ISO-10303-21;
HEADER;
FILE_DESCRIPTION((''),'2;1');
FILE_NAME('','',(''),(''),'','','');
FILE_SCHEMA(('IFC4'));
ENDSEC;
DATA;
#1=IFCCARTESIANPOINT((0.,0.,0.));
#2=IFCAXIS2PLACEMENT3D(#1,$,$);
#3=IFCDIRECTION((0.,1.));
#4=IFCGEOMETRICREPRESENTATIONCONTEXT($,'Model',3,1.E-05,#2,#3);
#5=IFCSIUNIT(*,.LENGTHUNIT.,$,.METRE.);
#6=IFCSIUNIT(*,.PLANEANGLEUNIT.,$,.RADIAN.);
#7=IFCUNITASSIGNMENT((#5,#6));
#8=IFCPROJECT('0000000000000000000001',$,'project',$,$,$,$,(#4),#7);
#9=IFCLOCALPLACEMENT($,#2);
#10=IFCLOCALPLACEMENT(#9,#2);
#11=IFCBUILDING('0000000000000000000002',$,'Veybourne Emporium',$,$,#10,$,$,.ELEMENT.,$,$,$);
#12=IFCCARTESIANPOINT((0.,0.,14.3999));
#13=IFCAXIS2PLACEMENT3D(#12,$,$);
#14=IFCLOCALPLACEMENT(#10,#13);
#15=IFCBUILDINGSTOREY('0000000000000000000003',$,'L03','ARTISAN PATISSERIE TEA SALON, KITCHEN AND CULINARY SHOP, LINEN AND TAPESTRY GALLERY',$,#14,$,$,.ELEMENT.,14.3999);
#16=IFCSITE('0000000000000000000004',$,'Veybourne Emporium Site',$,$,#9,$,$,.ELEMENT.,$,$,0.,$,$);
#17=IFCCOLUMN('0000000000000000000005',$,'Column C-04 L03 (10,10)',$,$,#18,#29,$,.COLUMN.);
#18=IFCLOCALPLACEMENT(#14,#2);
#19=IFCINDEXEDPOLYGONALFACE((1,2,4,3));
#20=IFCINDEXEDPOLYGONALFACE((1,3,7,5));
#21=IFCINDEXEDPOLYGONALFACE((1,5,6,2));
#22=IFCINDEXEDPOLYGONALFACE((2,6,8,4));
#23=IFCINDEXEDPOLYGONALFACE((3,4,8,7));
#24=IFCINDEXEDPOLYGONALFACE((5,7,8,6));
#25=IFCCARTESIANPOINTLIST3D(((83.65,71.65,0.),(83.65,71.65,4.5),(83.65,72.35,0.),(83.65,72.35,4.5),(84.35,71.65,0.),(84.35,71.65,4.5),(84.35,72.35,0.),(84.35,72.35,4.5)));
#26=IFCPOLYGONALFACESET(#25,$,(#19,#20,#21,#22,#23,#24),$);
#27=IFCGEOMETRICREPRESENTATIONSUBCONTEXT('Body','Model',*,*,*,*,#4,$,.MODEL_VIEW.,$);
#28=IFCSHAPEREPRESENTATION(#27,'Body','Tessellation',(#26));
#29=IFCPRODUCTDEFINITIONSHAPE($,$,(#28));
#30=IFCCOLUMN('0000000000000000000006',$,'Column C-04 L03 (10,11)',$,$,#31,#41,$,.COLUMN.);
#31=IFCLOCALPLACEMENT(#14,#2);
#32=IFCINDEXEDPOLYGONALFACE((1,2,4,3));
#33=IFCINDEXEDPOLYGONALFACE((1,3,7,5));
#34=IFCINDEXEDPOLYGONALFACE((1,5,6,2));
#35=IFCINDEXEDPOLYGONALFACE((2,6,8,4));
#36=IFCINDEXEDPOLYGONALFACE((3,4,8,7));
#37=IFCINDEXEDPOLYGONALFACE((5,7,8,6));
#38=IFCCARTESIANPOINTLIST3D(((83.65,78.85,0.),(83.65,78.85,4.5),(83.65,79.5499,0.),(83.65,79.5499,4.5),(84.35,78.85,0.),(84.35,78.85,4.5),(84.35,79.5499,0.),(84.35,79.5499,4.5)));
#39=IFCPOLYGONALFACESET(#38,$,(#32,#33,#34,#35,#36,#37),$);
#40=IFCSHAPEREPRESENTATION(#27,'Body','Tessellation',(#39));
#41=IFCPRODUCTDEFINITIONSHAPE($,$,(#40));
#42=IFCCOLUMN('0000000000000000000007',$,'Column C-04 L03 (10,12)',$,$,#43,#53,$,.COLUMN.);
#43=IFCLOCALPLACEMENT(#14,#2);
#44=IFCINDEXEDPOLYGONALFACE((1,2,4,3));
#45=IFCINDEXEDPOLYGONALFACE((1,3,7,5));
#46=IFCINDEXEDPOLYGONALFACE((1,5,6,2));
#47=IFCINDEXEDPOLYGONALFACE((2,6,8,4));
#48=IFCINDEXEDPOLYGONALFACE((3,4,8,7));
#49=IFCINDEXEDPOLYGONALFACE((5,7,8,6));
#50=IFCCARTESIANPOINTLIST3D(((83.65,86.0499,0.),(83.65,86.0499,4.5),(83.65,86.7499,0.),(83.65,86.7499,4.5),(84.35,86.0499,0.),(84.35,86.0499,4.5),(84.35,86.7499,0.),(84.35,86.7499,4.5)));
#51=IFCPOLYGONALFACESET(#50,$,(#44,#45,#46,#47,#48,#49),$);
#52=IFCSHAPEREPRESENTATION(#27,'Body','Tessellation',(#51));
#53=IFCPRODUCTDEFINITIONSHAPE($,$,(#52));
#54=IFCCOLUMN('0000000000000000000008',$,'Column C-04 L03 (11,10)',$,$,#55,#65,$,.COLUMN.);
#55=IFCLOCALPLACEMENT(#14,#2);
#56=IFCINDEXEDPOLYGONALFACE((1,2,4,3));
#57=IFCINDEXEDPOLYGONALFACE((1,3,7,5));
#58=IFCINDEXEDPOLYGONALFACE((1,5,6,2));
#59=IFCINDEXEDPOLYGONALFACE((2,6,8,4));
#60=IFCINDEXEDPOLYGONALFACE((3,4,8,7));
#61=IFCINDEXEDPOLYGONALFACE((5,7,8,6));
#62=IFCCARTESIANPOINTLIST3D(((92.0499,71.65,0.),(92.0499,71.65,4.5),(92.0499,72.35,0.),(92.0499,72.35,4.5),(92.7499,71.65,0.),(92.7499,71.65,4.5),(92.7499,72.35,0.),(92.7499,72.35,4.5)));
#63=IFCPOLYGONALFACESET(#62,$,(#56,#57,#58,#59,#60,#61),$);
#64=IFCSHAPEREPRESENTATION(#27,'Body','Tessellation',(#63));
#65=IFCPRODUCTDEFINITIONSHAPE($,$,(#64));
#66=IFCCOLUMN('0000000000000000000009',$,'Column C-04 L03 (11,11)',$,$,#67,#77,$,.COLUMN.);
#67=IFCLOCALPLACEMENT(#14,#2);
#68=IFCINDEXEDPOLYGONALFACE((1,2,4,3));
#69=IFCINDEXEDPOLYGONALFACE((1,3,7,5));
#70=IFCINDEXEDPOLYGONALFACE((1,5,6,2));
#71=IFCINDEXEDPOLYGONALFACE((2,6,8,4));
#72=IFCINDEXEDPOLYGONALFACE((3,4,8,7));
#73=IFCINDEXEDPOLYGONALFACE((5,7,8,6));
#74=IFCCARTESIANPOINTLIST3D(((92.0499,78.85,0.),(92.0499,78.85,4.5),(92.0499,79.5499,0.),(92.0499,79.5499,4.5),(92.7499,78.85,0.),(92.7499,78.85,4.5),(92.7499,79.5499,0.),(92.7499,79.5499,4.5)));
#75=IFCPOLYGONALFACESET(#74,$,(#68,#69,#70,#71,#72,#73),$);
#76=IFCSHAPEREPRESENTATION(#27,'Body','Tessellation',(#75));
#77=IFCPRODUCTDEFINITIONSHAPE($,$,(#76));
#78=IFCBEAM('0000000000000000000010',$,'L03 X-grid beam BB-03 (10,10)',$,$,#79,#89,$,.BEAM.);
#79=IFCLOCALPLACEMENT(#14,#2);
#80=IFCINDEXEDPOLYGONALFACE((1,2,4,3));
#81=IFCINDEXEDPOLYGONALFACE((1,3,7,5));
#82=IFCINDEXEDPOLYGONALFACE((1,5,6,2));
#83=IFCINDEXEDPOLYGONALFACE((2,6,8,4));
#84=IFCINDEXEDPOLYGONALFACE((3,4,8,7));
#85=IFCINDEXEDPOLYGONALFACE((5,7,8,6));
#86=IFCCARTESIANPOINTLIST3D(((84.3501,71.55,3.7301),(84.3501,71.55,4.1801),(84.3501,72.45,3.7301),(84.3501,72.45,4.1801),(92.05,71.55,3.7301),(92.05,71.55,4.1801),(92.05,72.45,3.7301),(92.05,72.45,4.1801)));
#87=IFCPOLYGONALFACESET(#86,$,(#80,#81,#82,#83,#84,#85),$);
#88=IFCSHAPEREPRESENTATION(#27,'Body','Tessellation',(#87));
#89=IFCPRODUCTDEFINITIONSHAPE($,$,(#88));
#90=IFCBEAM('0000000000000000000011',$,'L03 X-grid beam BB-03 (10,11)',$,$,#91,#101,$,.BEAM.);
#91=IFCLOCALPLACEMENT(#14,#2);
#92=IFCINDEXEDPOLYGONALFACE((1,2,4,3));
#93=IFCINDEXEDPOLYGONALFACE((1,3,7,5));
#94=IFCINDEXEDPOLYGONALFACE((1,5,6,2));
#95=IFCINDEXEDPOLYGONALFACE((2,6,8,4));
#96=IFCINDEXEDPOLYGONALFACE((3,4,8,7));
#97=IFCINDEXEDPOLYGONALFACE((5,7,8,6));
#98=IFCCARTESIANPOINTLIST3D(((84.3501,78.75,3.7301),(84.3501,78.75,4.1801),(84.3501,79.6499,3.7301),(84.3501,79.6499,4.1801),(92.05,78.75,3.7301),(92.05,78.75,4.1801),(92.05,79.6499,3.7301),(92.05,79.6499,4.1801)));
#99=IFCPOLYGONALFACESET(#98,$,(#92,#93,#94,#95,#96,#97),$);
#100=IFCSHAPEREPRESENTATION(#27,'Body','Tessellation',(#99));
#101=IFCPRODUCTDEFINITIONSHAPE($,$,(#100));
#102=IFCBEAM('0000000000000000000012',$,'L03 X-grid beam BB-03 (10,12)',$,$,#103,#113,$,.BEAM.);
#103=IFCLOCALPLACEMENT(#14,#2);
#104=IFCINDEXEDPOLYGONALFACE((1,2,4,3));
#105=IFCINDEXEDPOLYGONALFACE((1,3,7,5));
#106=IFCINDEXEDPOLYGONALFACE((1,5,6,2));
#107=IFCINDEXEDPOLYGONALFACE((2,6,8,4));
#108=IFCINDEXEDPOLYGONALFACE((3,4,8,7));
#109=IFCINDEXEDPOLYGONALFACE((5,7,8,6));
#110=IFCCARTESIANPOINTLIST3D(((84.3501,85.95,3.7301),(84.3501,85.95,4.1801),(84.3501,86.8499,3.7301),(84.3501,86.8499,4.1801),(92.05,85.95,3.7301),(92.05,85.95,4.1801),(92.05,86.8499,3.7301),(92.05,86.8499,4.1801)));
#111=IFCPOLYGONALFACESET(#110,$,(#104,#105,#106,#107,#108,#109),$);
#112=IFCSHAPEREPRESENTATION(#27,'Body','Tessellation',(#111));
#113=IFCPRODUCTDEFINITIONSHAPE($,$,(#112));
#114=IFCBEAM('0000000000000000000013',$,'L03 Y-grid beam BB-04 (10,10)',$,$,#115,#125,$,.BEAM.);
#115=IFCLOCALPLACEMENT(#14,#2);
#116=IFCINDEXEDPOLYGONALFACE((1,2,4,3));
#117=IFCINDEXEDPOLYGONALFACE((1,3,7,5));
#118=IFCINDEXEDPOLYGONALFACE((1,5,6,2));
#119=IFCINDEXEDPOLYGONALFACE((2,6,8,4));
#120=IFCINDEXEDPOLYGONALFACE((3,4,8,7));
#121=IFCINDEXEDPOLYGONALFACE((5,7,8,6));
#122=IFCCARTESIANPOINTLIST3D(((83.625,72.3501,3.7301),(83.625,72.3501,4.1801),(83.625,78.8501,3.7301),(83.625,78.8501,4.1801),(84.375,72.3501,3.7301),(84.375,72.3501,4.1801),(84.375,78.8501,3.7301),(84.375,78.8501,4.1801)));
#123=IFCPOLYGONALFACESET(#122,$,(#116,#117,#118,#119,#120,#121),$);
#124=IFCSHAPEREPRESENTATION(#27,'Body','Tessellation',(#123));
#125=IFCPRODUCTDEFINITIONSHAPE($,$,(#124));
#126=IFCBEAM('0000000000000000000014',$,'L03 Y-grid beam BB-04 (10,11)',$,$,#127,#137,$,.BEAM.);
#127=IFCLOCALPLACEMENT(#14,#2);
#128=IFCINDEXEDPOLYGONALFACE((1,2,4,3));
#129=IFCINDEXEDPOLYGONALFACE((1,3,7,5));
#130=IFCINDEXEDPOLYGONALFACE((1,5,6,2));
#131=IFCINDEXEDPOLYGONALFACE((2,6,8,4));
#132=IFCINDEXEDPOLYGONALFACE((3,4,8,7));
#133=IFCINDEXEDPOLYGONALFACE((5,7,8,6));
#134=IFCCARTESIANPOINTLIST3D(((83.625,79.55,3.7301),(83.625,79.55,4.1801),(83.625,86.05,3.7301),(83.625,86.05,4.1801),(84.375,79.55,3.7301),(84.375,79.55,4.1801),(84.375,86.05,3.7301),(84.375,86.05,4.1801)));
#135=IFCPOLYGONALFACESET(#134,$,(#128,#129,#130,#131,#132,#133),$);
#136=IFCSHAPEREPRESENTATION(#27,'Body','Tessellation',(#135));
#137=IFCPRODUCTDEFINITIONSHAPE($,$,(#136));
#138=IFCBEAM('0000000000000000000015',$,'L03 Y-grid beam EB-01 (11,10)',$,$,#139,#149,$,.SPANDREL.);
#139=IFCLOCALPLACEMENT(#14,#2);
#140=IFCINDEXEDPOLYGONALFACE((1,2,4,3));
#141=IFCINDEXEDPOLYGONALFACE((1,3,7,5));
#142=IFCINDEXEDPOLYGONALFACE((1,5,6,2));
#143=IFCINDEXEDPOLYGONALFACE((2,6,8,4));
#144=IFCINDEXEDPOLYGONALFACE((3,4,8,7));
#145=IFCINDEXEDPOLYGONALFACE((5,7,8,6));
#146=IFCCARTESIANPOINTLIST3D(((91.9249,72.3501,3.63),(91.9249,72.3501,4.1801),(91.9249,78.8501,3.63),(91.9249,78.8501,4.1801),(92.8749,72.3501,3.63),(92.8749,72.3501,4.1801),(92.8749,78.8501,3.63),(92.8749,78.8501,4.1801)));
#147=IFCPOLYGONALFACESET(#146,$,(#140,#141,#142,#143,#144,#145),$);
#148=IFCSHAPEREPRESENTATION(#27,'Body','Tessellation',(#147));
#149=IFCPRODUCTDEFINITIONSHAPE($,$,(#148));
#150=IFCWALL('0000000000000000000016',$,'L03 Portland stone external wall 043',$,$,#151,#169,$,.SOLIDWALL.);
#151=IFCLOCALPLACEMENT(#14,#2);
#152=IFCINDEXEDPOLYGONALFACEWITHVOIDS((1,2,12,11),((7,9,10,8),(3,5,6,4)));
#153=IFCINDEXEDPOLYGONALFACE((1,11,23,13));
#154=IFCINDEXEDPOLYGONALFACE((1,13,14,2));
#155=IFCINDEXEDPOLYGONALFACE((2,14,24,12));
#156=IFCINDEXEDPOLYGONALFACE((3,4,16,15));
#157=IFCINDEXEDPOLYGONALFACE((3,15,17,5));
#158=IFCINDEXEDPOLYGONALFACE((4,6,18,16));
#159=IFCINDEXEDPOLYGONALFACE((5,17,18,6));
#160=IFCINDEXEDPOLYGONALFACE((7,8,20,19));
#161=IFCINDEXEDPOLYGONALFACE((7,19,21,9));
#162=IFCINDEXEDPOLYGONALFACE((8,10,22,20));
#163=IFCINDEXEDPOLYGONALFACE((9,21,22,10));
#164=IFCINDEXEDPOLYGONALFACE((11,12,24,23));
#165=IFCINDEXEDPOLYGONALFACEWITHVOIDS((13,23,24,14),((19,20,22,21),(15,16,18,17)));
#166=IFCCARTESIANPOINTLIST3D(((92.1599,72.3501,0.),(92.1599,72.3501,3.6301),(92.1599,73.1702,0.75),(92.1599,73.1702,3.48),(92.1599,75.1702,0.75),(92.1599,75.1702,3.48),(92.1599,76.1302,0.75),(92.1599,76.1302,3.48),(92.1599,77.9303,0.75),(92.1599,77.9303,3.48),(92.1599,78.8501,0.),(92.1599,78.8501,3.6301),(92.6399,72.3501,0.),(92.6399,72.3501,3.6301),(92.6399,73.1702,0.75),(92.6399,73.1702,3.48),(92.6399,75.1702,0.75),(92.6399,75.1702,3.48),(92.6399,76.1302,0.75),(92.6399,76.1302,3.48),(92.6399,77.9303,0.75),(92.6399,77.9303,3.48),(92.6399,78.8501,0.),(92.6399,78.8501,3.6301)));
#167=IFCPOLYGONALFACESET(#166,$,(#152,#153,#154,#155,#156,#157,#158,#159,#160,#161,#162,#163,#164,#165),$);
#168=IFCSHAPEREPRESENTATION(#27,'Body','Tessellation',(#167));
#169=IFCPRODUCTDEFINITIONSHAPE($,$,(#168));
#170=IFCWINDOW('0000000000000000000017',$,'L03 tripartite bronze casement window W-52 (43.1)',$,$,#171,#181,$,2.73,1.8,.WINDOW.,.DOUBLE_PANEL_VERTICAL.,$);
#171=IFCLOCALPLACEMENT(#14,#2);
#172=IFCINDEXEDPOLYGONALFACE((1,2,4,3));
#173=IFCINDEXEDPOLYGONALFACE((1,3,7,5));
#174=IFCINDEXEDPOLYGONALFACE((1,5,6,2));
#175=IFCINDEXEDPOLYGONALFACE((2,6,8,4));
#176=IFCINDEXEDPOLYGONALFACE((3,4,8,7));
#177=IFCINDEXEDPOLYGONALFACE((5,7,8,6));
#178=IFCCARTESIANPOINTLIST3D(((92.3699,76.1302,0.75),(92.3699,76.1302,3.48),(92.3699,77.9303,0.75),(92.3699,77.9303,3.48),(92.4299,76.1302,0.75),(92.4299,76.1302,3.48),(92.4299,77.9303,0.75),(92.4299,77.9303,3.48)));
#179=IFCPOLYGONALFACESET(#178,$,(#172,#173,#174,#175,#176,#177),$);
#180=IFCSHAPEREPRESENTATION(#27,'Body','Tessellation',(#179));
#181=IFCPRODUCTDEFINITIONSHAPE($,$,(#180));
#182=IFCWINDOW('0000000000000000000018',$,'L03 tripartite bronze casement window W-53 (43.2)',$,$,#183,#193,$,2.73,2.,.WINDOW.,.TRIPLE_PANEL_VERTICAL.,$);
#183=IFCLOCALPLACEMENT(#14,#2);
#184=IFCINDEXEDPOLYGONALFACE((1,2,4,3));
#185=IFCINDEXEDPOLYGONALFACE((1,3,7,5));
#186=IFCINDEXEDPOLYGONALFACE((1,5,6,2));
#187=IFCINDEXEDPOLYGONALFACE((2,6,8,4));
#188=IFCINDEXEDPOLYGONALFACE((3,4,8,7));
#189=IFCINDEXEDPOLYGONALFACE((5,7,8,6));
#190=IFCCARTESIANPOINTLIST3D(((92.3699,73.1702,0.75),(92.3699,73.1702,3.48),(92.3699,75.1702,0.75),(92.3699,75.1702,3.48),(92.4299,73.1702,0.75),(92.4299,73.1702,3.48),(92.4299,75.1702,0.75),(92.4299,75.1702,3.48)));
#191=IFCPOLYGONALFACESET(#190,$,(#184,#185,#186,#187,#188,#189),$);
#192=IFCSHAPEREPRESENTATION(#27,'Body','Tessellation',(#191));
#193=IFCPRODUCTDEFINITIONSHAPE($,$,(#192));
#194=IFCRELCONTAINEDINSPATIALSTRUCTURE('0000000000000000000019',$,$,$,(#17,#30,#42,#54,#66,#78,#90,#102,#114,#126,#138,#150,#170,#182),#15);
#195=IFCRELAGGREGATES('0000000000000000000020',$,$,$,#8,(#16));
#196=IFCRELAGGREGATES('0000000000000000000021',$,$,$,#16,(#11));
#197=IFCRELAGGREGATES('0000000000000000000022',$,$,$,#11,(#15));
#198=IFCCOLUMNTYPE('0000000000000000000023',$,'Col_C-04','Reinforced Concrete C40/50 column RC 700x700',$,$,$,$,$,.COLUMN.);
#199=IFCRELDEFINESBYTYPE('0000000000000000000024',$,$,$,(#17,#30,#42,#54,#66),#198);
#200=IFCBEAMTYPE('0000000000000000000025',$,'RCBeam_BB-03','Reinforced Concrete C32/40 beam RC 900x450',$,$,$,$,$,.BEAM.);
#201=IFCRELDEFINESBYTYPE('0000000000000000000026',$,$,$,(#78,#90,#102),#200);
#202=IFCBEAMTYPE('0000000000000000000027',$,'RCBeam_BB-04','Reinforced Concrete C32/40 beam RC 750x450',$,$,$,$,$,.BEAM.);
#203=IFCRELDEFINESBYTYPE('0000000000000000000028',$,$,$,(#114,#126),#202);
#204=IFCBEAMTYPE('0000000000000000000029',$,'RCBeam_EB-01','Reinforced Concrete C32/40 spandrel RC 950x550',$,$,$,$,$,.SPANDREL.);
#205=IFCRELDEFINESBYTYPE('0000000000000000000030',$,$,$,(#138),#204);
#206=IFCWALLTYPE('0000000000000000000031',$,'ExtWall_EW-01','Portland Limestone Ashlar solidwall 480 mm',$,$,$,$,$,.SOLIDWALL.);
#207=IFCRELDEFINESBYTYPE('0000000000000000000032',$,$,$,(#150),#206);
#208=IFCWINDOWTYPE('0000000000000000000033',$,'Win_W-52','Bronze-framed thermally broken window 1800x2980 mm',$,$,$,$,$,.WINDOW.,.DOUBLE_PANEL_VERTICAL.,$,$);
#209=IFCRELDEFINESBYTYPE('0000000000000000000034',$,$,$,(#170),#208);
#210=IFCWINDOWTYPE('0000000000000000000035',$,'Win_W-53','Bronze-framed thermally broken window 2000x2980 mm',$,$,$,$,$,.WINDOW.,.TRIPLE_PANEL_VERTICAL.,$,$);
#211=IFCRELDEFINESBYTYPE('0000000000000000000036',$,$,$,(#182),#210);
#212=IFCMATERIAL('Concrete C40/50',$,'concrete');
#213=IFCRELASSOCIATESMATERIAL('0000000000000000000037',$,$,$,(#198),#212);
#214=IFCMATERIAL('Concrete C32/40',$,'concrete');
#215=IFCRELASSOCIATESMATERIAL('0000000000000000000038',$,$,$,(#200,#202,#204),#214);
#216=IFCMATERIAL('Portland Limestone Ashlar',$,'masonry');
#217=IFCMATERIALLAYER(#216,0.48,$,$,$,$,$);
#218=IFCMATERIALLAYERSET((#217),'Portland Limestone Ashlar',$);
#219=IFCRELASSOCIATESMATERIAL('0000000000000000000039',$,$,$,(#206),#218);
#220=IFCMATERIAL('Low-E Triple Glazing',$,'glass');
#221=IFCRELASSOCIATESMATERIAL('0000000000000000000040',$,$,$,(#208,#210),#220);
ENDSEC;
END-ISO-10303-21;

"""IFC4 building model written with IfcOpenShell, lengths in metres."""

from ifc_helpers import new_model, si_unit, direction, frame, frame_2d, origin, origin_2d, place, context, subcontext, project, spatial, rectangle, extrude, material, layer, layer_set, material_profile, profile_set, type_object, element, fill, save


model = new_model("IFC4")

# Units and contexts
model_context = context("Model", 3, precision=1e-05, world=origin(), true_north=direction((0.0, 1.0)))
body_context = subcontext(model_context, "Body", "Model", "MODEL_VIEW")
ifc_project = project(units=[si_unit("LENGTHUNIT", "METRE"), si_unit("PLANEANGLEUNIT", "RADIAN")], contexts=[model_context])

# Site, building, storey
site_placement = place(None, origin())
site = spatial("IfcSite", under=ifc_project, at=site_placement, Name="Veybourne Emporium Site", CompositionType="ELEMENT", RefElevation=0.0)
building_placement = place(site_placement, origin())
building = spatial("IfcBuilding", under=site, at=building_placement, Name="Veybourne Emporium", CompositionType="ELEMENT")
storey_placement = place(building_placement, frame((0.0, 0.0, 14.3999)))
storey = spatial("IfcBuildingStorey", under=building, at=storey_placement, Name="L03", Description="ARTISAN PATISSERIE TEA SALON, KITCHEN AND CULINARY SHOP, LINEN AND TAPESTRY GALLERY", CompositionType="ELEMENT", Elevation=14.3999)

# Columns
ifc_material_1 = material(Name="Concrete C40/50", Category="concrete")
ifc_material_profile_1 = material_profile(ifc_material_1, rectangle(XDim=0.7, YDim=0.7, at=origin_2d()), Name="RC 700x700")
ifc_profile_set_1 = profile_set([ifc_material_profile_1], Name="Concrete C40/50")
column_type = type_object("IfcColumnType", Name="Col_C-04", Description="Reinforced Concrete C40/50 column RC 700x700", PredefinedType="COLUMN", material=ifc_profile_set_1)
for number, where, z_axis, x_axis, name in (
    (1, (84.0, 72.0, 0.0), (0.0, 0.0, 1.0), (1.0, 0.0, 0.0), "Column C-04 L03 (10,10)"),
    (2, (84.0, 79.2, 0.0), (0.0, 0.0, 1.0), (1.0, 0.0, 0.0), "Column C-04 L03 (10,11)"),
    (3, (84.0, 86.3999, 0.0), (0.0, 0.0, 1.0), (1.0, 0.0, 0.0), "Column C-04 L03 (10,12)"),
    (4, (92.3999, 72.0, 0.0), (0.0, 0.0, 1.0), (1.0, 0.0, 0.0), "Column C-04 L03 (11,10)"),
    (5, (92.3999, 79.2, 0.0), (0.0, 0.0, 1.0), (1.0, 0.0, 0.0), "Column C-04 L03 (11,11)"),
):
    element("IfcColumn", number, at=place(storey_placement, frame(where, z_axis=z_axis, x_axis=x_axis)), inside=storey, type_object=column_type, Name=name, PredefinedType="COLUMN", context=body_context, shape_type="SweptSolid", body=[
        extrude(rectangle(XDim=0.7, YDim=0.7, at=origin_2d()), origin(), (0.0, 0.0, 1.0), 4.5),
    ])

# Beams
ifc_material_2 = material(Name="Concrete C32/40", Category="concrete")
ifc_material_profile_2 = material_profile(ifc_material_2, rectangle(XDim=0.8999, YDim=0.45, at=origin_2d()), Name="RC 900x450")
ifc_profile_set_2 = profile_set([ifc_material_profile_2], Name="Concrete C32/40")
beam_type_1 = type_object("IfcBeamType", Name="RCBeam_BB-03", Description="Reinforced Concrete C32/40 beam RC 900x450", PredefinedType="BEAM", material=ifc_profile_set_2)
for number, where, z_axis, x_axis, name in (
    (6, (84.3501, 72.0, 3.9551), (1.0, 0.0, 0.0), (0.0, 1.0, 0.0), "L03 X-grid beam BB-03 (10,10)"),
    (7, (84.3501, 79.2, 3.9551), (1.0, 0.0, 0.0), (0.0, 1.0, 0.0), "L03 X-grid beam BB-03 (10,11)"),
    (8, (84.3501, 86.3999, 3.9551), (1.0, 0.0, 0.0), (0.0, 1.0, 0.0), "L03 X-grid beam BB-03 (10,12)"),
):
    element("IfcBeam", number, at=place(storey_placement, frame(where, z_axis=z_axis, x_axis=x_axis)), inside=storey, type_object=beam_type_1, Name=name, PredefinedType="BEAM", context=body_context, shape_type="SweptSolid", body=[
        extrude(rectangle(XDim=0.8999, YDim=0.45, at=origin_2d()), origin(), (0.0, 0.0, 1.0), 7.7),
    ])
ifc_material_profile_3 = material_profile(ifc_material_2, rectangle(XDim=0.75, YDim=0.45, at=origin_2d()), Name="RC 750x450")
ifc_profile_set_3 = profile_set([ifc_material_profile_3], Name="Concrete C32/40")
beam_type_2 = type_object("IfcBeamType", Name="RCBeam_BB-04", Description="Reinforced Concrete C32/40 beam RC 750x450", PredefinedType="BEAM", material=ifc_profile_set_3)
for number, where, z_axis, x_axis, name in (
    (9, (84.0, 72.3501, 3.9551), (0.0, 1.0, 0.0), (-1.0, 0.0, 0.0), "L03 Y-grid beam BB-04 (10,10)"),
    (10, (84.0, 79.55, 3.9551), (0.0, 1.0, 0.0), (-1.0, 0.0, 0.0), "L03 Y-grid beam BB-04 (10,11)"),
):
    element("IfcBeam", number, at=place(storey_placement, frame(where, z_axis=z_axis, x_axis=x_axis)), inside=storey, type_object=beam_type_2, Name=name, PredefinedType="BEAM", context=body_context, shape_type="SweptSolid", body=[
        extrude(rectangle(XDim=0.75, YDim=0.45, at=origin_2d()), origin(), (0.0, 0.0, 1.0), 6.5),
    ])
ifc_material_profile_4 = material_profile(ifc_material_2, rectangle(XDim=0.95, YDim=0.55, at=origin_2d()), Name="RC 950x550")
ifc_profile_set_4 = profile_set([ifc_material_profile_4], Name="Concrete C32/40")
beam_type_3 = type_object("IfcBeamType", Name="RCBeam_EB-01", Description="Reinforced Concrete C32/40 spandrel RC 950x550", PredefinedType="SPANDREL", material=ifc_profile_set_4)
beam_placement = place(storey_placement, frame((92.3999, 72.3501, 3.905), z_axis=(0.0, 1.0, 0.0), x_axis=(-1.0, 0.0, 0.0)))
element("IfcBeam", 11, at=beam_placement, inside=storey, type_object=beam_type_3, Name="L03 Y-grid beam EB-01 (11,10)", PredefinedType="SPANDREL", context=body_context, shape_type="SweptSolid", body=[
    extrude(rectangle(XDim=0.95, YDim=0.55, at=origin_2d()), origin(), (0.0, 0.0, 1.0), 6.5),
])

# Wall, openings, windows
ifc_material_3 = material(Name="Portland Limestone Ashlar", Category="masonry")
ifc_layer_1 = layer(ifc_material_3, 0.48)
ifc_layer_set_1 = layer_set([ifc_layer_1], Name="Portland Limestone Ashlar")
wall_type_1 = type_object("IfcWallType", Name="ExtWall_EW-01", Description="Portland Limestone Ashlar solidwall 480 mm", PredefinedType="SOLIDWALL", material=ifc_layer_set_1)
wall_1_placement = place(storey_placement, frame((92.3999, 78.8501, 0.0), z_axis=(0.0, 0.0, 1.0), x_axis=(0.0, -1.0, 0.0)))
wall_1 = element("IfcWall", 12, at=wall_1_placement, inside=storey, type_object=wall_type_1, Name="L03 Portland stone external wall 043", PredefinedType="SOLIDWALL", context=body_context, shape_type="SweptSolid", body=[
    extrude(rectangle(XDim=6.5, YDim=0.48, at=frame_2d((3.25, 0.0))), origin(), (0.0, 0.0, 1.0), 3.6301),
])
opening_1_placement = place(wall_1_placement, frame((0.9199, 0.0, 0.75)))
opening_1 = element("IfcOpeningElement", 13, at=opening_1_placement, cuts=wall_1, PredefinedType="OPENING", context=body_context, shape_type="SweptSolid", body=[
    extrude(rectangle(XDim=1.8, YDim=2.73, at=frame_2d((0.8999, 1.365))), frame((0.0, 0.26, 0.0), z_axis=(0.0, -1.0, 0.0), x_axis=(1.0, 0.0, 0.0)), (0.0, 0.0, 1.0), 0.52),
])
opening_2_placement = place(wall_1_placement, frame((3.6799, 0.0, 0.75)))
opening_2 = element("IfcOpeningElement", 14, at=opening_2_placement, cuts=wall_1, PredefinedType="OPENING", context=body_context, shape_type="SweptSolid", body=[
    extrude(rectangle(XDim=2.0, YDim=2.73, at=frame_2d((1.0, 1.365))), frame((0.0, 0.26, 0.0), z_axis=(0.0, -1.0, 0.0), x_axis=(1.0, 0.0, 0.0)), (0.0, 0.0, 1.0), 0.52),
])
ifc_material_4 = material(Name="Low-E Triple Glazing", Category="glass")
window_type_1 = type_object("IfcWindowType", Name="Win_W-52", Description="Bronze-framed thermally broken window 1800x2980 mm", PartitioningType="DOUBLE_PANEL_VERTICAL", PredefinedType="WINDOW", material=ifc_material_4)
window_1_placement = place(opening_1_placement, origin())
window_1 = element("IfcWindow", 15, at=window_1_placement, inside=storey, type_object=window_type_1, Name="L03 tripartite bronze casement window W-52 (43.1)", OverallHeight=2.73, OverallWidth=1.8, PartitioningType="DOUBLE_PANEL_VERTICAL", PredefinedType="WINDOW", context=body_context, shape_type="SweptSolid", body=[
    extrude(rectangle(XDim=1.8, YDim=2.73, at=frame_2d((0.8999, 1.365))), frame((0.0, 0.03, 0.0), z_axis=(0.0, -1.0, 0.0), x_axis=(1.0, 0.0, 0.0)), (0.0, 0.0, 1.0), 0.0601),
])
fill(opening_1, window_1)
window_type_2 = type_object("IfcWindowType", Name="Win_W-53", Description="Bronze-framed thermally broken window 2000x2980 mm", PartitioningType="TRIPLE_PANEL_VERTICAL", PredefinedType="WINDOW", material=ifc_material_4)
window_2_placement = place(opening_2_placement, origin())
window_2 = element("IfcWindow", 16, at=window_2_placement, inside=storey, type_object=window_type_2, Name="L03 tripartite bronze casement window W-53 (43.2)", OverallHeight=2.73, OverallWidth=2.0, PartitioningType="TRIPLE_PANEL_VERTICAL", PredefinedType="WINDOW", context=body_context, shape_type="SweptSolid", body=[
    extrude(rectangle(XDim=2.0, YDim=2.73, at=frame_2d((1.0, 1.365))), frame((0.0, 0.03, 0.0), z_axis=(0.0, -1.0, 0.0), x_axis=(1.0, 0.0, 0.0)), (0.0, 0.0, 1.0), 0.0601),
])
fill(opening_2, window_2)

save(model, "model.ifc")
